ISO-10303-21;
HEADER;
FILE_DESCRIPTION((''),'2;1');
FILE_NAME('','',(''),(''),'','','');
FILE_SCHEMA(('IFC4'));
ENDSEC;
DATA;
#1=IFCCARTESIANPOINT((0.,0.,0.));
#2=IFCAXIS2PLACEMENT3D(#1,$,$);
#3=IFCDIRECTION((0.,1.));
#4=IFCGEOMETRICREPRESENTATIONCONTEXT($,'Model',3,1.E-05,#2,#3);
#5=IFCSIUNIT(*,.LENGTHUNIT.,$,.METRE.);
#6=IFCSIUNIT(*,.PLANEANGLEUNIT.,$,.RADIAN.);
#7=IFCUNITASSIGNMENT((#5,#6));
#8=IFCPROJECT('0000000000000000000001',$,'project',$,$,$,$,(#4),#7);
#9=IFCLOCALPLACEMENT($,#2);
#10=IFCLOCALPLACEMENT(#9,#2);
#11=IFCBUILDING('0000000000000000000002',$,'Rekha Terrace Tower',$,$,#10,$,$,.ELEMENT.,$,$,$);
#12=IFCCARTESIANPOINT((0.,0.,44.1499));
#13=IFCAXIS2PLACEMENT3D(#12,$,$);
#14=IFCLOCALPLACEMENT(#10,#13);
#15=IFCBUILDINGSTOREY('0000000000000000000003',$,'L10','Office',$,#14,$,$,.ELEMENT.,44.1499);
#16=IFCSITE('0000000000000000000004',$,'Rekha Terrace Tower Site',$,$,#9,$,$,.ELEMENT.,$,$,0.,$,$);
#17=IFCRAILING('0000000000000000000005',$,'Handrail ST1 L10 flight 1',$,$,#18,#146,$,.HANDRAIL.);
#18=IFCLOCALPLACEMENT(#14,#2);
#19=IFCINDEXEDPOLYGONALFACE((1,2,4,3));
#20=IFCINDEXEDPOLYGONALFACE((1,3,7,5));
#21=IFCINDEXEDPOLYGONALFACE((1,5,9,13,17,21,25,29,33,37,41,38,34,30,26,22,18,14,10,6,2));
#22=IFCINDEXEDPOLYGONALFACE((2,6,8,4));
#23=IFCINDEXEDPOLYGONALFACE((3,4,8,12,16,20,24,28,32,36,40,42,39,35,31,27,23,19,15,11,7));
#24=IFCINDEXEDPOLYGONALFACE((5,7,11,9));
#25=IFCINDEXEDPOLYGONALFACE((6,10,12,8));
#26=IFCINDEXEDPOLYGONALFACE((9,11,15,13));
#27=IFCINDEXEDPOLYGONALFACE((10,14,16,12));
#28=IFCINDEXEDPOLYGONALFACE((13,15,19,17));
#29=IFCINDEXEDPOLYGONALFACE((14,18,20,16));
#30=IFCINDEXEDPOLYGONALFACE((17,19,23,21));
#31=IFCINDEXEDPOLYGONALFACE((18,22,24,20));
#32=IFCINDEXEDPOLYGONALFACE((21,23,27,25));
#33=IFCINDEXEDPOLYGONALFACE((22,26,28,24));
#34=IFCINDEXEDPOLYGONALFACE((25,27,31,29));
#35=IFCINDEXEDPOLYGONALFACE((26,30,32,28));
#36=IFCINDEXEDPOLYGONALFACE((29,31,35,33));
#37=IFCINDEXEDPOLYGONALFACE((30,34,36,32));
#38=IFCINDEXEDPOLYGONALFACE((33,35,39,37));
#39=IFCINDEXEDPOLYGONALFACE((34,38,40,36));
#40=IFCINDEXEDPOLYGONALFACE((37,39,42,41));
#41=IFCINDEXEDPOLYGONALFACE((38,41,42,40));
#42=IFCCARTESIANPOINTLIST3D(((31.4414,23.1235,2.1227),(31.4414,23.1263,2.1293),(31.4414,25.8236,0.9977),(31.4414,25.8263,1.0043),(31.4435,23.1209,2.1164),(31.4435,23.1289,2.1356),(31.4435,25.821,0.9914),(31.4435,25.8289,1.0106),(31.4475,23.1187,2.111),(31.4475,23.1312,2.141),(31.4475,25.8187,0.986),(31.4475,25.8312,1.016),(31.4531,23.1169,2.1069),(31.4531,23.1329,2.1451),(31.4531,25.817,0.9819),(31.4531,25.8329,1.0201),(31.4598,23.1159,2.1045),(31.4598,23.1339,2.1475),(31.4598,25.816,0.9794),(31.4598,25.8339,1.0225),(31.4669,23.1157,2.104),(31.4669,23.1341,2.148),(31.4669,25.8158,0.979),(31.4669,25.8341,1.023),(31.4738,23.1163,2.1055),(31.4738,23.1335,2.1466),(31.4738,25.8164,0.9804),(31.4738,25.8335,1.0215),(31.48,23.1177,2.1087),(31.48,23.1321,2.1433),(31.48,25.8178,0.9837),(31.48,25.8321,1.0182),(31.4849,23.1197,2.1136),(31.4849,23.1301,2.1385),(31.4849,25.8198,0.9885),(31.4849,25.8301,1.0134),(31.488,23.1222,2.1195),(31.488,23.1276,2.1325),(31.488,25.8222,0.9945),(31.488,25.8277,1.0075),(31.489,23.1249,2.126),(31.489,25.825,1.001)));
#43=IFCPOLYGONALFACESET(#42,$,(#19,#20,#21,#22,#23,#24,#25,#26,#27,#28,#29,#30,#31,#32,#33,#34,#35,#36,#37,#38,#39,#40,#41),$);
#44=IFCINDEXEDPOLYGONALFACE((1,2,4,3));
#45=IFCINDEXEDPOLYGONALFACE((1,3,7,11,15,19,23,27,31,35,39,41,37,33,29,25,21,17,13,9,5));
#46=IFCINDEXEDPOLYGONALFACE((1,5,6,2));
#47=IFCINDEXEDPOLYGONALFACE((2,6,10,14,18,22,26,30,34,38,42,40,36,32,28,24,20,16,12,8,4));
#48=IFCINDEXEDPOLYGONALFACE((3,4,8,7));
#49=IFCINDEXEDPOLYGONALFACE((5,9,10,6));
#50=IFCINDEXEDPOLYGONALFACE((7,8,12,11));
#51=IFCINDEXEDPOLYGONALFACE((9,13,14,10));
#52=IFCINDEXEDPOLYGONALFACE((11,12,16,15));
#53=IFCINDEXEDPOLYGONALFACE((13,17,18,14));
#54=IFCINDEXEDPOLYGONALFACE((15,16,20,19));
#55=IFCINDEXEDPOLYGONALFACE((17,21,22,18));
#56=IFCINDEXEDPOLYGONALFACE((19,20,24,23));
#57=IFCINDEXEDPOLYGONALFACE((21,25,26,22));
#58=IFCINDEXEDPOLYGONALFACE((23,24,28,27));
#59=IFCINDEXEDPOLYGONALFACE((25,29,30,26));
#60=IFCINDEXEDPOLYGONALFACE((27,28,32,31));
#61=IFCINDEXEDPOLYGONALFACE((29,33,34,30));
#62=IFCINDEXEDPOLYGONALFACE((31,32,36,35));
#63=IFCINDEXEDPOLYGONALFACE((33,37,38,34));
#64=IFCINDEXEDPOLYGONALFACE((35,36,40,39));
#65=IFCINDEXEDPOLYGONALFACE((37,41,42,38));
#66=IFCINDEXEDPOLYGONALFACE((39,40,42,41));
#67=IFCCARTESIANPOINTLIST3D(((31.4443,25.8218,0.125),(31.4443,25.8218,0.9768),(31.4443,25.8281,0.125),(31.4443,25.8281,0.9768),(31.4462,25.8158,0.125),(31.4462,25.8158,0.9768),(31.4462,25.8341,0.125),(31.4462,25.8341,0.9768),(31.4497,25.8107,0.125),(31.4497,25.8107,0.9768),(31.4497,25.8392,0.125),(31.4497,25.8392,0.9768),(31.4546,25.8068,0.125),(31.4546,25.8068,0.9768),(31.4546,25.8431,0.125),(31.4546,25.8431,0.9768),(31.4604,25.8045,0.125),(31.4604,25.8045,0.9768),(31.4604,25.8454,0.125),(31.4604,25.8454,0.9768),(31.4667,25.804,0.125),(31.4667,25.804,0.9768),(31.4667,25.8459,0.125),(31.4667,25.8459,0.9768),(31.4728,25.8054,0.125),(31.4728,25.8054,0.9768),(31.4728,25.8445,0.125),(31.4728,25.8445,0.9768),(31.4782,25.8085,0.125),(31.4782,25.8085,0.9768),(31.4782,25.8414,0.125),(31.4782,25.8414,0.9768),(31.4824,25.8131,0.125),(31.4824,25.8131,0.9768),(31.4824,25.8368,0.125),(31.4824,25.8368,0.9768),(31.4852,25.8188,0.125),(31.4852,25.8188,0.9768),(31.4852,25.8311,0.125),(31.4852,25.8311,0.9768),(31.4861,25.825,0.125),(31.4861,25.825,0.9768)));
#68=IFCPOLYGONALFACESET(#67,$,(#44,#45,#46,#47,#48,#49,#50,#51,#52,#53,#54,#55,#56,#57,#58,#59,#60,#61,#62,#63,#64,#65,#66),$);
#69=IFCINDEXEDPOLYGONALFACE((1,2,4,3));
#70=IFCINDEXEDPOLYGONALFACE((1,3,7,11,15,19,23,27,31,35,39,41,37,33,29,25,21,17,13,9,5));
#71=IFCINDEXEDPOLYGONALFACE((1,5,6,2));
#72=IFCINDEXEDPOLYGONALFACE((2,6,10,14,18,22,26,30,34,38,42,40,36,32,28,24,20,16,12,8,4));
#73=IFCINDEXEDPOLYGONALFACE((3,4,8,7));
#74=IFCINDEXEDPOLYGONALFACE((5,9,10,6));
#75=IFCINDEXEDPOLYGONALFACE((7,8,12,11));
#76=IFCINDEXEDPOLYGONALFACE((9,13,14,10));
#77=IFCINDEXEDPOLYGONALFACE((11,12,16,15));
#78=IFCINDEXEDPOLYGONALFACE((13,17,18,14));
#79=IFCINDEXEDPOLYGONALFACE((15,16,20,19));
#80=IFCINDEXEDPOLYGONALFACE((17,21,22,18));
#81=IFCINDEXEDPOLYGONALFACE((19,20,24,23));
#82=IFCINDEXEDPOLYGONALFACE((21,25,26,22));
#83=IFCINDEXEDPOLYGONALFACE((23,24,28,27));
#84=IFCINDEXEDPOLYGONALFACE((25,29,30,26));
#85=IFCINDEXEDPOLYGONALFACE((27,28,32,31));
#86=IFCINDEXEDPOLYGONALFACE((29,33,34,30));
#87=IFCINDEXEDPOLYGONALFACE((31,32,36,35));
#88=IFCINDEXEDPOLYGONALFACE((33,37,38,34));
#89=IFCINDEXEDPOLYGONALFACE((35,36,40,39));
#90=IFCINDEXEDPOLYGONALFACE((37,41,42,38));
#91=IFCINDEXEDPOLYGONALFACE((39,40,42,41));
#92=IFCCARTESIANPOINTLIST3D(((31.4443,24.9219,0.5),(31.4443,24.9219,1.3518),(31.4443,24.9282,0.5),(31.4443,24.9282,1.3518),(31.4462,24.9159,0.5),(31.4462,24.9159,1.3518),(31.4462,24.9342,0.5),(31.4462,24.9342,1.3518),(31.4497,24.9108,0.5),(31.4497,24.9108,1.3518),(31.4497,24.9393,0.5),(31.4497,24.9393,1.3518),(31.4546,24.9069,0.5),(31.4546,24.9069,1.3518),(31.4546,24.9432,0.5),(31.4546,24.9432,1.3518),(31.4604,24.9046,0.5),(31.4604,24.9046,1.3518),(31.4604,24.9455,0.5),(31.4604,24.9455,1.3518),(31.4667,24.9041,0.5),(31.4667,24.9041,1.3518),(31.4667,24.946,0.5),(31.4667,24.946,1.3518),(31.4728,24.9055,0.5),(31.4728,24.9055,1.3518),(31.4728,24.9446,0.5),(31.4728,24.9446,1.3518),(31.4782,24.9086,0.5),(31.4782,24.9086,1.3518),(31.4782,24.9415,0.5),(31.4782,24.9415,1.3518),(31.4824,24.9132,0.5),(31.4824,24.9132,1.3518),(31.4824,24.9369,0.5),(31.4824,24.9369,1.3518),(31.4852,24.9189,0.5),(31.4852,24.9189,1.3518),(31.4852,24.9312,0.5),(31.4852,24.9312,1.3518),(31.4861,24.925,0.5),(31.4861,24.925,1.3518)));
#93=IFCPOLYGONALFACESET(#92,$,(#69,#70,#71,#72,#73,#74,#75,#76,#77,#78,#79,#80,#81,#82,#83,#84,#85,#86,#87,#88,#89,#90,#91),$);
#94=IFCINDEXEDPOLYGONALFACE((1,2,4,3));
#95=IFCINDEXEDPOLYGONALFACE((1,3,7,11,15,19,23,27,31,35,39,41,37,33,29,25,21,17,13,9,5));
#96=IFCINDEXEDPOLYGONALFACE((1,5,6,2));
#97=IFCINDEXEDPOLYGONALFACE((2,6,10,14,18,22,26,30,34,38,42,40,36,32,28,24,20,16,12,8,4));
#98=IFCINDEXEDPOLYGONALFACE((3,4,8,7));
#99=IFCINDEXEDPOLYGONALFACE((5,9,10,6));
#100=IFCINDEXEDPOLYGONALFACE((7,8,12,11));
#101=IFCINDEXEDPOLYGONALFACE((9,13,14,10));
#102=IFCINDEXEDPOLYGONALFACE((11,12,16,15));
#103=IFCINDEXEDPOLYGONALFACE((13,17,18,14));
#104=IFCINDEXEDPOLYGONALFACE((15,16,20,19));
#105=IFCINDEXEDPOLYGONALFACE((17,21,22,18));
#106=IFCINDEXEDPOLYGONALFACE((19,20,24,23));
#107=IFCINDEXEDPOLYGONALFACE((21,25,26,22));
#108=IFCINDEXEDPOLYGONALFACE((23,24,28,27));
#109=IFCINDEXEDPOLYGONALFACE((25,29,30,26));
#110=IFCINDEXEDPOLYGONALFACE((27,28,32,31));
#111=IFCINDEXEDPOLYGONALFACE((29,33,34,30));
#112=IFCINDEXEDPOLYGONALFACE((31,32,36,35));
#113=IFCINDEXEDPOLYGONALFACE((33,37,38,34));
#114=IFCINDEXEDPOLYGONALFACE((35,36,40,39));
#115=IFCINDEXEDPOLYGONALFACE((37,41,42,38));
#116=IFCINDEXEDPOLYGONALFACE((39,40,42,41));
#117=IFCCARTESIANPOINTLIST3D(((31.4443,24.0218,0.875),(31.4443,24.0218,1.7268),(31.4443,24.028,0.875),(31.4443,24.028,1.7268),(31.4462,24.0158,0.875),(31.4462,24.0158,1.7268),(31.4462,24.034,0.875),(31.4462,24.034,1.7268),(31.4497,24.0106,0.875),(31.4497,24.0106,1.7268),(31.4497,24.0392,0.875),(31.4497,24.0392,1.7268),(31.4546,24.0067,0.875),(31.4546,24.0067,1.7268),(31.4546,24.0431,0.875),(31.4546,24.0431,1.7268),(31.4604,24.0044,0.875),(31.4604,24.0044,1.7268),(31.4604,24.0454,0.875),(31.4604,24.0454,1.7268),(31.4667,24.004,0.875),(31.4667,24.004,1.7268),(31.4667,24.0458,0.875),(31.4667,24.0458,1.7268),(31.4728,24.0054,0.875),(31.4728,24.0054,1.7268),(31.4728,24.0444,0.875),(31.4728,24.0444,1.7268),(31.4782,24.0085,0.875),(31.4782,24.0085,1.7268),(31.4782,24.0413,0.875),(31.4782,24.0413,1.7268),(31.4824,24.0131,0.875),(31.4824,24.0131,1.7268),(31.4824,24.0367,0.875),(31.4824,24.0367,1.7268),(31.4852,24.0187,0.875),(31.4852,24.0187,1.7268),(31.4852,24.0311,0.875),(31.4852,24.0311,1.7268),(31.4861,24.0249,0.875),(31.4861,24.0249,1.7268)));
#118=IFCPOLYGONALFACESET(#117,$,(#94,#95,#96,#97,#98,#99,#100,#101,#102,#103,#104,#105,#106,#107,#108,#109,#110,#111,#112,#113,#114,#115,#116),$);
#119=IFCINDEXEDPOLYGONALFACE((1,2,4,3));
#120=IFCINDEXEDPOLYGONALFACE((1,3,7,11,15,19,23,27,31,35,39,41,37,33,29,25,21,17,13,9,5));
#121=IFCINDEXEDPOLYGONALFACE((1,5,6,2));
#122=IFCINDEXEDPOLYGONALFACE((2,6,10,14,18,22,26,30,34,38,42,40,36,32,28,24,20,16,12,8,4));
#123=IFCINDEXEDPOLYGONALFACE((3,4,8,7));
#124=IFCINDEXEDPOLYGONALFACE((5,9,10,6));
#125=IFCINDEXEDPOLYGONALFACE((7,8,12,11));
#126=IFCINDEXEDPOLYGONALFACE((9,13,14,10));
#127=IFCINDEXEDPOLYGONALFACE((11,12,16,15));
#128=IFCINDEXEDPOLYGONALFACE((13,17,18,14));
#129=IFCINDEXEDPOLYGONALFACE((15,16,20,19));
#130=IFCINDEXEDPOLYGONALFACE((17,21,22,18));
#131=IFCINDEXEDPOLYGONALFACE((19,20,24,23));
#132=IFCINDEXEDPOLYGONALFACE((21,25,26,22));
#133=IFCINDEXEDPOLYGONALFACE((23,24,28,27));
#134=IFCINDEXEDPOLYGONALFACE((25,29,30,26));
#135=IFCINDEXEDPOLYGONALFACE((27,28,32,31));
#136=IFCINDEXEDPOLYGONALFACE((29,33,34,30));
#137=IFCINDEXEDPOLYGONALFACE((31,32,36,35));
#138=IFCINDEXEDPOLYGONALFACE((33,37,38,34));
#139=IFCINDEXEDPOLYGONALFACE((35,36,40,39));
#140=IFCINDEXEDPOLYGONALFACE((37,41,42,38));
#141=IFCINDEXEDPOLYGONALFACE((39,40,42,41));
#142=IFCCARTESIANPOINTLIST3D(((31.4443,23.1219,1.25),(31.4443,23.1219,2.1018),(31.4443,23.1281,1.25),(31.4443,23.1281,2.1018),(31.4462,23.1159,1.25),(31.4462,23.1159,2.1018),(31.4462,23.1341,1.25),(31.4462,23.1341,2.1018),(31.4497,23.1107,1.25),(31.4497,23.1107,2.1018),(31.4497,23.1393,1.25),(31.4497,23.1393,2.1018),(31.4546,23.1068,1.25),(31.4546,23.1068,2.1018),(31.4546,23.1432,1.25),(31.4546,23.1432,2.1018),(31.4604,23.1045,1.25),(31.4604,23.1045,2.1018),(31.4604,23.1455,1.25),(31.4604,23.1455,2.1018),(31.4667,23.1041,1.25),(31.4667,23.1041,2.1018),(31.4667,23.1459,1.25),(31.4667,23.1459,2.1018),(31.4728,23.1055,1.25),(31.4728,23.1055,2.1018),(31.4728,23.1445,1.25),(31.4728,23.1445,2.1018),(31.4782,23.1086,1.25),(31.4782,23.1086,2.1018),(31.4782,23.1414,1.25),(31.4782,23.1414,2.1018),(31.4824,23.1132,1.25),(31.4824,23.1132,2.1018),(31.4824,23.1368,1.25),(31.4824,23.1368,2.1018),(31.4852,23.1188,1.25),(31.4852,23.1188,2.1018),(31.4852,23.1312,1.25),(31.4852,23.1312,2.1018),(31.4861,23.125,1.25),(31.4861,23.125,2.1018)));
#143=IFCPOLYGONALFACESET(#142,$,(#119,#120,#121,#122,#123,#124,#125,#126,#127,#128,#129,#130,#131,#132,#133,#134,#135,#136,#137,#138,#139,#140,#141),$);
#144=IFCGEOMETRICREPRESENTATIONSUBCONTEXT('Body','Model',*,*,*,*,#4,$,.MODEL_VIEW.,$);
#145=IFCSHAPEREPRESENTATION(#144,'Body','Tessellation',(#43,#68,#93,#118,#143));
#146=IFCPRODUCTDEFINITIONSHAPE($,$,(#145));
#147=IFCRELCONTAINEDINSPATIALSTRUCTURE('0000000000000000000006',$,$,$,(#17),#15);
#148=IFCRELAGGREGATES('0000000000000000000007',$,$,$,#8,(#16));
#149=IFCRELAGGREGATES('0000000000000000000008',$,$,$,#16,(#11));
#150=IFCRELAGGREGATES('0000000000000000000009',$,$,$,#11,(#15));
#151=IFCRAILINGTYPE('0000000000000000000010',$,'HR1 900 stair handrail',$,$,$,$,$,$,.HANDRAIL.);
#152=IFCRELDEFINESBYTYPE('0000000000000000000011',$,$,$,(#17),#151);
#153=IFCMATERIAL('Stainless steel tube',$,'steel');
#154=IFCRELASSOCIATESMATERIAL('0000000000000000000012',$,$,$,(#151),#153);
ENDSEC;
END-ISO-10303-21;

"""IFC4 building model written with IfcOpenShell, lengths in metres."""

from ifc_helpers import new_model, si_unit, direction, frame, origin, origin_2d, place, context, subcontext, project, spatial, circle, extrude, material, type_object, element, save


model = new_model("IFC4")

# Units and contexts
model_context = context("Model", 3, precision=1e-05, world=origin(), true_north=direction((0.0, 1.0)))
body_context = subcontext(model_context, "Body", "Model", "MODEL_VIEW")
ifc_project = project(units=[si_unit("LENGTHUNIT", "METRE"), si_unit("PLANEANGLEUNIT", "RADIAN")], contexts=[model_context])

# Site, building, storey
site_placement = place(None, origin())
site = spatial("IfcSite", under=ifc_project, at=site_placement, Name="Rekha Terrace Tower Site", CompositionType="ELEMENT", RefElevation=0.0)
building_placement = place(site_placement, origin())
building = spatial("IfcBuilding", under=site, at=building_placement, Name="Rekha Terrace Tower", CompositionType="ELEMENT")
storey_placement = place(building_placement, frame((0.0, 0.0, 44.1499)))
storey = spatial("IfcBuildingStorey", under=building, at=storey_placement, Name="L10", Description="Office", CompositionType="ELEMENT", Elevation=44.1499)

# Railing
ifc_material_1 = material(Name="Stainless steel tube", Category="steel")
railing_type_1 = type_object("IfcRailingType", Name="HR1 900 stair handrail", PredefinedType="HANDRAIL", material=ifc_material_1)
railing_1_placement = place(storey_placement, frame((31.4651, 25.825, 0.125)))
element("IfcRailing", 1, at=railing_1_placement, inside=storey, type_object=railing_type_1, Name="Handrail ST1 L10 flight 1", PredefinedType="HANDRAIL", context=body_context, shape_type="SweptSolid", body=[
    extrude(circle(Radius=0.0239, at=origin_2d()), frame((0.0, 0.0, 0.876), z_axis=(0.0, -0.923074, 0.384621), x_axis=(1.0, 0.0, 0.0)), (0.0, 0.0, 1.0), 2.925),
    extrude(circle(Radius=0.021, at=origin_2d()), origin(), (0.0, 0.0, 1.0), 0.8518),
    extrude(circle(Radius=0.021, at=origin_2d()), frame((0.0, -0.8999, 0.375)), (0.0, 0.0, 1.0), 0.8518),
    extrude(circle(Radius=0.021, at=origin_2d()), frame((0.0, -1.8, 0.75)), (0.0, 0.0, 1.0), 0.8518),
    extrude(circle(Radius=0.021, at=origin_2d()), frame((0.0, -2.7, 1.125)), (0.0, 0.0, 1.0), 0.8518),
])

save(model, "model.ifc")
